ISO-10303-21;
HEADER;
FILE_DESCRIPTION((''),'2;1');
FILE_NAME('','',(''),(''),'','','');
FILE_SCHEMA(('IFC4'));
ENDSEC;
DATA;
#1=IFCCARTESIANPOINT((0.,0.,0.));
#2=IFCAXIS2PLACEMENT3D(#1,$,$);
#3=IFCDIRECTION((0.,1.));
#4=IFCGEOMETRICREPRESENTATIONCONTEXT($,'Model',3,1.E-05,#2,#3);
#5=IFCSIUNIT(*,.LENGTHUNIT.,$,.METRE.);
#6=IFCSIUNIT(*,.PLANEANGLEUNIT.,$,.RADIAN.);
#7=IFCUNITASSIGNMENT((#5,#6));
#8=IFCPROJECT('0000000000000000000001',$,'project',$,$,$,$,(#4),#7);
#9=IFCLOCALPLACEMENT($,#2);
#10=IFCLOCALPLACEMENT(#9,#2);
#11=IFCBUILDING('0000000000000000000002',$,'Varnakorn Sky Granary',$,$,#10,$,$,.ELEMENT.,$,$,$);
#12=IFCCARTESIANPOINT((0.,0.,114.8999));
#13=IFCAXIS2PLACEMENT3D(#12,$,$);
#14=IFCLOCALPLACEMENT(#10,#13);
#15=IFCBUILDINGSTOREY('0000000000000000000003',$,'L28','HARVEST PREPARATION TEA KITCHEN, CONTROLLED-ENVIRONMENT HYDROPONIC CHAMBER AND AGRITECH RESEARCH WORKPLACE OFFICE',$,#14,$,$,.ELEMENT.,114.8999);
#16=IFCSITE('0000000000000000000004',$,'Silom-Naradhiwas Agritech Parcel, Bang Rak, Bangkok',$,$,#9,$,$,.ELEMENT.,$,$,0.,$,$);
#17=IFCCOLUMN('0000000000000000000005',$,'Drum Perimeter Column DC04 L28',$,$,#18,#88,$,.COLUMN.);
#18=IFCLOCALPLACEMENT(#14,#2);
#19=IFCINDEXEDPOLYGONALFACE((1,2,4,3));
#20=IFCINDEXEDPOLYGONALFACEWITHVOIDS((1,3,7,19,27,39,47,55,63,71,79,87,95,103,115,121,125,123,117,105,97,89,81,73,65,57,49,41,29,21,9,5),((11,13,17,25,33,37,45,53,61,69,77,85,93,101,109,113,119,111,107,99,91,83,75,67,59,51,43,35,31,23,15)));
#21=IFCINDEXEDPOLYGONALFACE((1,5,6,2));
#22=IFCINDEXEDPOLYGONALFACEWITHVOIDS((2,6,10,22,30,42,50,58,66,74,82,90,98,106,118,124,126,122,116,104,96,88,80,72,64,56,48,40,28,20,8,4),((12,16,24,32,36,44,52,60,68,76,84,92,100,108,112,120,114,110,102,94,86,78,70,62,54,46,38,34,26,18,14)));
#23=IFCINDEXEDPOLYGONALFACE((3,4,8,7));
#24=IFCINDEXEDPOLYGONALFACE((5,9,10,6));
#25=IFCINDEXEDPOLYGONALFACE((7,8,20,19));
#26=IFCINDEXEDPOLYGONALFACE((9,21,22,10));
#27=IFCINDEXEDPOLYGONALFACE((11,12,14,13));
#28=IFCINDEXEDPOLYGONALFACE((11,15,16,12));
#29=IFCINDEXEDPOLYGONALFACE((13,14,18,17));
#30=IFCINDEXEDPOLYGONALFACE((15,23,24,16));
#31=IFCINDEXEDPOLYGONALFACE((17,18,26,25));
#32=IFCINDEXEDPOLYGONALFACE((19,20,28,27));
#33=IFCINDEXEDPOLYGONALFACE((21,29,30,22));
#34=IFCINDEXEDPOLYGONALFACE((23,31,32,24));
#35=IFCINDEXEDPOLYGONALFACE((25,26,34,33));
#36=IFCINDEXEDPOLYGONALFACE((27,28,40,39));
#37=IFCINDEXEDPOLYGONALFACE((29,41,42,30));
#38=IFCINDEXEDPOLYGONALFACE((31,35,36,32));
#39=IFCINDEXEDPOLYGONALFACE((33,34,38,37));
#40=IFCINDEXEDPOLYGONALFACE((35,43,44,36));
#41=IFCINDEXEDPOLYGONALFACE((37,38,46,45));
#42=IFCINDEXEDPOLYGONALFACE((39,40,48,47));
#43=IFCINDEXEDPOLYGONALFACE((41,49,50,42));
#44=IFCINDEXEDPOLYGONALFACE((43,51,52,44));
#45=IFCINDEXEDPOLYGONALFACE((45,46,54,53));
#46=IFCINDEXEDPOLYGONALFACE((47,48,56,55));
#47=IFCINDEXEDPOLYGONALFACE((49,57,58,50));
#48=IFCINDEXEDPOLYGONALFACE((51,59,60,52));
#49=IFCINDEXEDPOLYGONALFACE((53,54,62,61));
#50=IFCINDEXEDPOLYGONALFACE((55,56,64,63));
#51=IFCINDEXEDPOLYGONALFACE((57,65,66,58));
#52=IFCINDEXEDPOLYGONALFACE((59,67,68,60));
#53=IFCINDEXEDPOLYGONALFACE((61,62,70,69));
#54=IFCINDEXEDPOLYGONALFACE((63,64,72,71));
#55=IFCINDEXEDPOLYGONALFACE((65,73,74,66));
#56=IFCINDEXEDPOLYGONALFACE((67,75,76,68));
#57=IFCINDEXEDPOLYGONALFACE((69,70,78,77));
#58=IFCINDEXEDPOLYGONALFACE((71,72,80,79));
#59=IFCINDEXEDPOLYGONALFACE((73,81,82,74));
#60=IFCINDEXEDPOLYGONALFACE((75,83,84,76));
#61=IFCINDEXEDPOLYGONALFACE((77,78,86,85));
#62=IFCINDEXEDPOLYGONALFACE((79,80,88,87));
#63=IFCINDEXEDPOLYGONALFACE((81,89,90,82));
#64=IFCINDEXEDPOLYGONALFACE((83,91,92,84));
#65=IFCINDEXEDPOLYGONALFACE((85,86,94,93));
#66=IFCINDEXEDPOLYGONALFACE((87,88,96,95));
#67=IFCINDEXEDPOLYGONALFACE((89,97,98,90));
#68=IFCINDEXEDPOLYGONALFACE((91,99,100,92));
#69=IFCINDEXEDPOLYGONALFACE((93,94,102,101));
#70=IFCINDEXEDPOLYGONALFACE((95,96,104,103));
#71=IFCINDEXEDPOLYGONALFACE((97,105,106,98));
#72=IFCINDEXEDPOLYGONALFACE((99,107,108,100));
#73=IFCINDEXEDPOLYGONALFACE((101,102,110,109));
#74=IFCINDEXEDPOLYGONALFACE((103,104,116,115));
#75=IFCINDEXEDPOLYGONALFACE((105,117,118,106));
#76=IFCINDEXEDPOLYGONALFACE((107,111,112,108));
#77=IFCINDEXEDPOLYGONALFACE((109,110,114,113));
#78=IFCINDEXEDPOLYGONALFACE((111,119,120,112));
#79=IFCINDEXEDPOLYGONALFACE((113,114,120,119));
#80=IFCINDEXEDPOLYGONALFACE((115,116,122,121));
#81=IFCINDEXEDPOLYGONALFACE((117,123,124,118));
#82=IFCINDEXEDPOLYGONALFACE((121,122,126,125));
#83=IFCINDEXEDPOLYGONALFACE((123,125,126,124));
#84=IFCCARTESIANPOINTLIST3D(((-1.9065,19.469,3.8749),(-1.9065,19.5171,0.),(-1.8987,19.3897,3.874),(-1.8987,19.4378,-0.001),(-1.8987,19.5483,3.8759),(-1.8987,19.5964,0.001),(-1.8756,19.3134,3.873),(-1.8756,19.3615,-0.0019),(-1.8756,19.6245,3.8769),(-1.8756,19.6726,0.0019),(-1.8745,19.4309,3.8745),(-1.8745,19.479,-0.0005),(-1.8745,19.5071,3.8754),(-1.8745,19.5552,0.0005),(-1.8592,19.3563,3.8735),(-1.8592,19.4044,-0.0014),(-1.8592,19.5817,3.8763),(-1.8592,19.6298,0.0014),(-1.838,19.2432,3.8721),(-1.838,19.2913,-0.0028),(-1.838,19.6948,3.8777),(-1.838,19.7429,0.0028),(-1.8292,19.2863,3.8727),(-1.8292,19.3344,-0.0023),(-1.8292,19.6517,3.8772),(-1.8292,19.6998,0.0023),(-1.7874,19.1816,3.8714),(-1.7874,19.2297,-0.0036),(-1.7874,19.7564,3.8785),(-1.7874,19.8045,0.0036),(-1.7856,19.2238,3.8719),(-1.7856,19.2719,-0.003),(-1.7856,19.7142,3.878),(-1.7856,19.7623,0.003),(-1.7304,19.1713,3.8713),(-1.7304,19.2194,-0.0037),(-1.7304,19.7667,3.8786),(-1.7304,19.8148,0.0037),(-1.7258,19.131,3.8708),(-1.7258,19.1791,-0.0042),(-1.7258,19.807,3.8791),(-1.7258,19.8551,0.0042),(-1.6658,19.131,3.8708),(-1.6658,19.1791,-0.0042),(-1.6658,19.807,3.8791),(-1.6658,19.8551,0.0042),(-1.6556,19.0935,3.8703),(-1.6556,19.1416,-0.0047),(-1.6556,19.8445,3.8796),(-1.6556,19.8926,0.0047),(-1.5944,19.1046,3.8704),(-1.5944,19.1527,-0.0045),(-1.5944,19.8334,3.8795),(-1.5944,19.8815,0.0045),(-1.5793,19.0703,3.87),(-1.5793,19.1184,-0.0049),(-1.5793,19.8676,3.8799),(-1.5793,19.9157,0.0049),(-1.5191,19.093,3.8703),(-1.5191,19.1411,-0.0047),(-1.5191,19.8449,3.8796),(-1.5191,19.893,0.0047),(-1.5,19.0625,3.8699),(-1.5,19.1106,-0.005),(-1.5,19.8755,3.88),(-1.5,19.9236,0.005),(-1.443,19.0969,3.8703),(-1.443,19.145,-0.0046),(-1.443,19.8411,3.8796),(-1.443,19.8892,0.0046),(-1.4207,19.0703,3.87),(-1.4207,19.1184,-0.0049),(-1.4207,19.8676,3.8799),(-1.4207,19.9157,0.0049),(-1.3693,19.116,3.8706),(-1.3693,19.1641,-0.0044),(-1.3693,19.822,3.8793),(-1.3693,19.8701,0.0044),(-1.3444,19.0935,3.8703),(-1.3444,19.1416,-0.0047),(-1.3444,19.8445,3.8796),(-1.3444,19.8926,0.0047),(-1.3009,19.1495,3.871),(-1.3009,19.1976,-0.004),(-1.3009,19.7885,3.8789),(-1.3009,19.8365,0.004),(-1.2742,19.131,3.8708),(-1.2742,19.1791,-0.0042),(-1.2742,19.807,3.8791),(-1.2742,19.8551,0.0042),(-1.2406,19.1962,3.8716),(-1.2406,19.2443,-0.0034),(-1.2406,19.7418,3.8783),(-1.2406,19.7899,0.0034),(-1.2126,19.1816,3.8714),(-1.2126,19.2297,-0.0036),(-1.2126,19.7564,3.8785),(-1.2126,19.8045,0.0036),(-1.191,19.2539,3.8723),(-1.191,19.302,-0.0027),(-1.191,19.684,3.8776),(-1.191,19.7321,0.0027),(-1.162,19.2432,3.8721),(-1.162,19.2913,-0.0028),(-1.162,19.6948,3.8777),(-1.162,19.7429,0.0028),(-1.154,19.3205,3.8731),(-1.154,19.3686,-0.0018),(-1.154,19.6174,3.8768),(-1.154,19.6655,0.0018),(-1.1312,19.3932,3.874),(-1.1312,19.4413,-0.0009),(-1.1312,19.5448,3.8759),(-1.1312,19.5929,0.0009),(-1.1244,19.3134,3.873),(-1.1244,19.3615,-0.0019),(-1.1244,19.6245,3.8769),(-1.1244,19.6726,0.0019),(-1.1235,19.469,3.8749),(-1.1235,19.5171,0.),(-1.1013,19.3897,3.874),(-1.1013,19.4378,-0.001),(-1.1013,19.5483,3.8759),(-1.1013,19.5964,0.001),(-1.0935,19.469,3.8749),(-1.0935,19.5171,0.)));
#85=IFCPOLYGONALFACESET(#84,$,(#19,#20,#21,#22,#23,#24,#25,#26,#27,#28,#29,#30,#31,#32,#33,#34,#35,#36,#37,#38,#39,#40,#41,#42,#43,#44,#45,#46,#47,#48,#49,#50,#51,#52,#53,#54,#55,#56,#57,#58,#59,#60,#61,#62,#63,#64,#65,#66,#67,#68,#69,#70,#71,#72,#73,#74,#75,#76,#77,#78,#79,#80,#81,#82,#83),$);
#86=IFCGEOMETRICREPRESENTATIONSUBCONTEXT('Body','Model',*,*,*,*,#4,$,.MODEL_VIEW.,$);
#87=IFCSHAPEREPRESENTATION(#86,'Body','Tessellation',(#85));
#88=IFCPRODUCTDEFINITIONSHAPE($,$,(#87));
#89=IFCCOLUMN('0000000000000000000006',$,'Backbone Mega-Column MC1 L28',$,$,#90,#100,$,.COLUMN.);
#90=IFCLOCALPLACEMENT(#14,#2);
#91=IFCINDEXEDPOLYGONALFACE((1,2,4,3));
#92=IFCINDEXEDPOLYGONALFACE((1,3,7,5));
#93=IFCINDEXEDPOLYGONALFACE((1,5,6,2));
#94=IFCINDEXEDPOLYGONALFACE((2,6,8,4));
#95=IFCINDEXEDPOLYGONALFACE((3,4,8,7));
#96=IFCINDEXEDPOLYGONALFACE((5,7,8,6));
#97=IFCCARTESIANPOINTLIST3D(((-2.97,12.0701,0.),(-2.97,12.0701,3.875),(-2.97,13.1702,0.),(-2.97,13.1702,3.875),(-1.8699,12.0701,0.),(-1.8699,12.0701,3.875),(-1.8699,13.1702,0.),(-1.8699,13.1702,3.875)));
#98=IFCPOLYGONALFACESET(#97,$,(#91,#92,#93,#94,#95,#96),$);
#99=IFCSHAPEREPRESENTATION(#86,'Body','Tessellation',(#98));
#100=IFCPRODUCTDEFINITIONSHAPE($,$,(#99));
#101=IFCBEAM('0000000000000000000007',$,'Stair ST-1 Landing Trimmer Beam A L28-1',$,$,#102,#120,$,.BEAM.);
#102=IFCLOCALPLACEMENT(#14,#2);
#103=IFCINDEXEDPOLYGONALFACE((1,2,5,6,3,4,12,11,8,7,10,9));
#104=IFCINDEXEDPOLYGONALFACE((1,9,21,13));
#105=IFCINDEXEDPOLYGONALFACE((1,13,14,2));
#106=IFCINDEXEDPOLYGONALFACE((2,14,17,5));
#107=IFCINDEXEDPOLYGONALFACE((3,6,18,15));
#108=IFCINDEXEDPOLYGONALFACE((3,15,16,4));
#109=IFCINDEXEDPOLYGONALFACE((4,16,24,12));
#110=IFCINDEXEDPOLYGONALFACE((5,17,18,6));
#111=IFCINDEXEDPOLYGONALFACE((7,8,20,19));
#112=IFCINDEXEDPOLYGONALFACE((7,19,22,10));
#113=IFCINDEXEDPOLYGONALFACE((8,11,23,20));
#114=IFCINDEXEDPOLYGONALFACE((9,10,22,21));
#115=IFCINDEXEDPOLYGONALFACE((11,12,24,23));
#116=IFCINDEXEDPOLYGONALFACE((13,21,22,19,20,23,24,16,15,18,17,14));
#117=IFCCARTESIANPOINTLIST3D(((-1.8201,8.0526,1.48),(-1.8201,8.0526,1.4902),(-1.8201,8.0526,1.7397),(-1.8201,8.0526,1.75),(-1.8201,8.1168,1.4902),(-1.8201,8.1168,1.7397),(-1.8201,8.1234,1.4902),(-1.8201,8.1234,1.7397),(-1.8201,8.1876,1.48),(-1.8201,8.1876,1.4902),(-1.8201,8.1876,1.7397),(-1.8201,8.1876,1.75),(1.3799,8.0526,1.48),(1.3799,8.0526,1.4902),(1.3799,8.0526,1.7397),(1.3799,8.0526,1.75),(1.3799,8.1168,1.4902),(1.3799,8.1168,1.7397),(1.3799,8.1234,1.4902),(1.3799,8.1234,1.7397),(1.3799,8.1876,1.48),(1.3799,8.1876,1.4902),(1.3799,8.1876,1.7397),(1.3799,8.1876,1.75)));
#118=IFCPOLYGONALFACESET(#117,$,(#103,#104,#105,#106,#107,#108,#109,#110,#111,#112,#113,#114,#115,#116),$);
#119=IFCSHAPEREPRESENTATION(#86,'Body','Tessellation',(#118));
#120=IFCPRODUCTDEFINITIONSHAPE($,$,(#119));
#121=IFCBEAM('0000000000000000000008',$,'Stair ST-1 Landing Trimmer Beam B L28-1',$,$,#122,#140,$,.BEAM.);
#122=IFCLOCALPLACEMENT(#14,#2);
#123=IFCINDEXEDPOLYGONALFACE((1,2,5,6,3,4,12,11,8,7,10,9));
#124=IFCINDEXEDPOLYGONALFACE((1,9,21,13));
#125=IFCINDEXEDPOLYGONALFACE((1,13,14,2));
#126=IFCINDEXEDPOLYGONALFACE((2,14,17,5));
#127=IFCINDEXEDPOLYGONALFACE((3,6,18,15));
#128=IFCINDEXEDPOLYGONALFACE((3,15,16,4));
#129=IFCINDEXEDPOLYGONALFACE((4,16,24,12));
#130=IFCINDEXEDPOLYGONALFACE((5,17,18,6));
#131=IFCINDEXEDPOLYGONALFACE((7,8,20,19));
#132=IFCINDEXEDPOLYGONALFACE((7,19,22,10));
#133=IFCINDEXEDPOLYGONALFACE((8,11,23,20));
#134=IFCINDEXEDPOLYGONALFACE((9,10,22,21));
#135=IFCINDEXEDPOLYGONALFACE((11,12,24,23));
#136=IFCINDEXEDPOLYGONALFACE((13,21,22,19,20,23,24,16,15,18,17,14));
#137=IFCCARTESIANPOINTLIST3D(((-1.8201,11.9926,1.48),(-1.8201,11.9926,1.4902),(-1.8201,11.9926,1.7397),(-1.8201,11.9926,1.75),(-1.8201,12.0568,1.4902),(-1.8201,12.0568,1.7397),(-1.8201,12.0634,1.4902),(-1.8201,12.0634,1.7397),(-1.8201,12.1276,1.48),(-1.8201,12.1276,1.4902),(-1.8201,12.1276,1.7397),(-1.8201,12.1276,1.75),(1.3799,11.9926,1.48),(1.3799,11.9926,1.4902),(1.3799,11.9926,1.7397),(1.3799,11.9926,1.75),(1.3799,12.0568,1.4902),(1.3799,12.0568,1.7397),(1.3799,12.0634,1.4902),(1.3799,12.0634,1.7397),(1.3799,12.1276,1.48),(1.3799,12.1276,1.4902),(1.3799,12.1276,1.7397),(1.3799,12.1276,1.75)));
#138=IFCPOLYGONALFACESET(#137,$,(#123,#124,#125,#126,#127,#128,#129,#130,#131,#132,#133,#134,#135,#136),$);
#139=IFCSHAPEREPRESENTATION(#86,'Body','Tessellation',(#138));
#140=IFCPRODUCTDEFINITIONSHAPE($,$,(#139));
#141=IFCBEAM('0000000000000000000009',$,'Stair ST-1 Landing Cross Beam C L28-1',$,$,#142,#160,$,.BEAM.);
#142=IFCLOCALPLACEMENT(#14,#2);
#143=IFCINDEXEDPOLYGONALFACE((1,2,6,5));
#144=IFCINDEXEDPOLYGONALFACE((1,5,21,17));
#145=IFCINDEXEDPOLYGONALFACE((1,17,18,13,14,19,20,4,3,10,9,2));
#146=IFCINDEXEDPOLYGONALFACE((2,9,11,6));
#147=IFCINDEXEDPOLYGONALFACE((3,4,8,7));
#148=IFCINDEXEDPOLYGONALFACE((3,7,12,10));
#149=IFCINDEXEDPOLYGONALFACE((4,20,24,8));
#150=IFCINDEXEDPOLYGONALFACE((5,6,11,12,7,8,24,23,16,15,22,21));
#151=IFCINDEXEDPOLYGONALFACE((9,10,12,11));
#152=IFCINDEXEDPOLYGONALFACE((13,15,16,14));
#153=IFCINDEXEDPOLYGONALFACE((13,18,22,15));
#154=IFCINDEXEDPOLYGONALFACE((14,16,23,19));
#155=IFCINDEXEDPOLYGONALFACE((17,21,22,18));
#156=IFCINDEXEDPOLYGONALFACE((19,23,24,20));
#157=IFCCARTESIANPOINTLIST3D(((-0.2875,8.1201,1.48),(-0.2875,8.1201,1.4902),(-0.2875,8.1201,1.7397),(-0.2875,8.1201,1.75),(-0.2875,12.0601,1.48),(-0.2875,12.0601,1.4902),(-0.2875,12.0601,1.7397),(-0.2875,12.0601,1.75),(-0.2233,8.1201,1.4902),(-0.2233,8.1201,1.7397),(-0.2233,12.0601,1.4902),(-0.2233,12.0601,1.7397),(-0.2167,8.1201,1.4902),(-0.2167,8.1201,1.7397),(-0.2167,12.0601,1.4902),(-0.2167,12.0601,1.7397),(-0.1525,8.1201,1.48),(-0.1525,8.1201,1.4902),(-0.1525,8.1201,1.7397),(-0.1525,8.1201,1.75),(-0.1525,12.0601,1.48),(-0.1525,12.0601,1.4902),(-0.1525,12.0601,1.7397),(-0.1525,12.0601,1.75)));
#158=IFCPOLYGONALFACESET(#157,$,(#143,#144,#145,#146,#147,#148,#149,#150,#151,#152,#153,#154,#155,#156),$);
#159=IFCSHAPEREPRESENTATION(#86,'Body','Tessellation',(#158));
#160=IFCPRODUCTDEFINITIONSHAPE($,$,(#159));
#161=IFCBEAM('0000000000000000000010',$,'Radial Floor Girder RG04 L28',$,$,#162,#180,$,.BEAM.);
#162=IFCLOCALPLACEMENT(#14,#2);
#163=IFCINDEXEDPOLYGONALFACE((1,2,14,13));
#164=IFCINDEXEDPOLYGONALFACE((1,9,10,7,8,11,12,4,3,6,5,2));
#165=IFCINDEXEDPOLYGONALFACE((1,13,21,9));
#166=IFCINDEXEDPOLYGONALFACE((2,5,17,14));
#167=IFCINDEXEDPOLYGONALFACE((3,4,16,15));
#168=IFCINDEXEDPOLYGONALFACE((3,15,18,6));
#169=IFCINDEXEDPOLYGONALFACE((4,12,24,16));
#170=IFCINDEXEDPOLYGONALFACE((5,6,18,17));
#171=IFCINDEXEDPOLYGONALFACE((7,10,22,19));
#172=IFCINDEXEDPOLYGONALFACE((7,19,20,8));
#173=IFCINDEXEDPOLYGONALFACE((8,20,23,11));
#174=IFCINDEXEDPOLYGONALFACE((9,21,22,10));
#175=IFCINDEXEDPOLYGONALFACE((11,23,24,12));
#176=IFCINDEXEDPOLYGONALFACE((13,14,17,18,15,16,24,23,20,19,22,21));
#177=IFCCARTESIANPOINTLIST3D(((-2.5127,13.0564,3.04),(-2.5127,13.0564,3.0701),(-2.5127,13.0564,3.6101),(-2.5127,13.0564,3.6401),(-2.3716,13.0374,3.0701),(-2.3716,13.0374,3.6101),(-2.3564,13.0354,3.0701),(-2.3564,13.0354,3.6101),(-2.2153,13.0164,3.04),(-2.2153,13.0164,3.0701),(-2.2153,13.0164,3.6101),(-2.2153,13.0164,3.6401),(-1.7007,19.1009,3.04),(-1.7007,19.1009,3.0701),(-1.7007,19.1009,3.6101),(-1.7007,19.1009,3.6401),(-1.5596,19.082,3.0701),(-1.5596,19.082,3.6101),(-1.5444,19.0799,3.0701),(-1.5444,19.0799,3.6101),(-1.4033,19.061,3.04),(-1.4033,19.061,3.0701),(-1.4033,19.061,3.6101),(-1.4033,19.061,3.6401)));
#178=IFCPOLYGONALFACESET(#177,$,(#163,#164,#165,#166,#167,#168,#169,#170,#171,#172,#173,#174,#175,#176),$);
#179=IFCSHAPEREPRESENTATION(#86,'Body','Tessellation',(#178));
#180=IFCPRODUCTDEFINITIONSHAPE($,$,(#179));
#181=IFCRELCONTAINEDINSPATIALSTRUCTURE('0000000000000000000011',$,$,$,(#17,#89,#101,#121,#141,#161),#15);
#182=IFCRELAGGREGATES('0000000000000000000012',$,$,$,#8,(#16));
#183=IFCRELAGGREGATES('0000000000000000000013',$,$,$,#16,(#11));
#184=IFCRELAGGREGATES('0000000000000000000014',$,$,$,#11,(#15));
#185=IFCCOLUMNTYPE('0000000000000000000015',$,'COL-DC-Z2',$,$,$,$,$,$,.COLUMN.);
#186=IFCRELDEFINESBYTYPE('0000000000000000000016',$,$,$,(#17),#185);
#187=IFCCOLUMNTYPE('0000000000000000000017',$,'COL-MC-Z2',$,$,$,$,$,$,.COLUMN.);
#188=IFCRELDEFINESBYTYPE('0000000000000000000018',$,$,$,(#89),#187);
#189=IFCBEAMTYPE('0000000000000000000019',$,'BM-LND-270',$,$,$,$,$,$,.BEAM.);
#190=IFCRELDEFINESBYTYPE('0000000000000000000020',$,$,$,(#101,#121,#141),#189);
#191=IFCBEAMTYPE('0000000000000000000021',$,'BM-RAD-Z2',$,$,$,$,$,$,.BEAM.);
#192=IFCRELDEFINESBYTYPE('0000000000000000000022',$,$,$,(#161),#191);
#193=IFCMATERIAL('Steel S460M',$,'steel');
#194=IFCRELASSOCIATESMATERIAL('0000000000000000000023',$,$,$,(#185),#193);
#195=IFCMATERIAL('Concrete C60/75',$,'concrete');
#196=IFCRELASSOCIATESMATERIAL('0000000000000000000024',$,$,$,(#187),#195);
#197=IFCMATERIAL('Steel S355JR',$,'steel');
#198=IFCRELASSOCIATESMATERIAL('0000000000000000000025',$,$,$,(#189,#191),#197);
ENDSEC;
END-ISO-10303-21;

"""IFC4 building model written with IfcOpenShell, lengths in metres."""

from ifc_helpers import new_model, si_unit, direction, frame, origin, origin_2d, place, context, subcontext, project, spatial, rectangle, hollow_circle, i_section, extrude, material, material_profile, profile_set, type_object, element, save


model = new_model("IFC4")

# Units and contexts
model_context = context("Model", 3, precision=1e-05, world=origin(), true_north=direction((0.0, 1.0)))
body_context = subcontext(model_context, "Body", "Model", "MODEL_VIEW")
ifc_project = project(units=[si_unit("LENGTHUNIT", "METRE"), si_unit("PLANEANGLEUNIT", "RADIAN")], contexts=[model_context])

# Site, building, storey
site_placement = place(None, origin())
site = spatial("IfcSite", under=ifc_project, at=site_placement, Name="Silom-Naradhiwas Agritech Parcel, Bang Rak, Bangkok", CompositionType="ELEMENT", RefElevation=0.0)
building_placement = place(site_placement, origin())
building = spatial("IfcBuilding", under=site, at=building_placement, Name="Varnakorn Sky Granary", CompositionType="ELEMENT")
storey_placement = place(building_placement, frame((0.0, 0.0, 114.8999)))
storey = spatial("IfcBuildingStorey", under=building, at=storey_placement, Name="L28", Description="HARVEST PREPARATION TEA KITCHEN, CONTROLLED-ENVIRONMENT HYDROPONIC CHAMBER AND AGRITECH RESEARCH WORKPLACE OFFICE", CompositionType="ELEMENT", Elevation=114.8999)

# Columns
ifc_material_1 = material(Name="Steel S460M", Category="steel")
ifc_material_profile_1 = material_profile(ifc_material_1, hollow_circle(Radius=0.4065, WallThickness=0.03, at=origin_2d()), Name="CHS 813x30")
ifc_profile_set_1 = profile_set([ifc_material_profile_1], Name="Steel S460M")
column_type_1 = type_object("IfcColumnType", Name="COL-DC-Z2", PredefinedType="COLUMN", material=ifc_profile_set_1)
column_1_placement = place(storey_placement, frame((-1.5, 19.5171, 0.0), z_axis=(0.0, -0.012411, 0.999923), x_axis=(1.0, 0.0, 0.0)))
element("IfcColumn", 1, at=column_1_placement, inside=storey, type_object=column_type_1, Name="Drum Perimeter Column DC04 L28", PredefinedType="COLUMN", context=body_context, shape_type="SweptSolid", body=[
    extrude(hollow_circle(Radius=0.4065, WallThickness=0.03, at=origin_2d()), origin(), (0.0, 0.0, 1.0), 3.8752),
])
ifc_material_2 = material(Name="Concrete C60/75", Category="concrete")
ifc_material_profile_2 = material_profile(ifc_material_2, rectangle(XDim=1.1001, YDim=1.1001, at=origin_2d()), Name="RC 1100x1100")
ifc_profile_set_2 = profile_set([ifc_material_profile_2], Name="Concrete C60/75")
column_type_2 = type_object("IfcColumnType", Name="COL-MC-Z2", PredefinedType="COLUMN", material=ifc_profile_set_2)
column_2_placement = place(storey_placement, frame((-2.4199, 12.6201, 0.0), z_axis=(0.0, 0.0, 1.0), x_axis=(1.0, 0.0, 0.0)))
element("IfcColumn", 2, at=column_2_placement, inside=storey, type_object=column_type_2, Name="Backbone Mega-Column MC1 L28", PredefinedType="COLUMN", context=body_context, shape_type="SweptSolid", body=[
    extrude(rectangle(XDim=1.1001, YDim=1.1001, at=origin_2d()), origin(), (0.0, 0.0, 1.0), 3.875),
])

# Beams
ifc_material_3 = material(Name="Steel S355JR", Category="steel")
ifc_material_profile_3 = material_profile(ifc_material_3, i_section(OverallWidth=0.135, OverallDepth=0.27, WebThickness=0.0066, FlangeThickness=0.0103, at=origin_2d()), Name="IPE 270")
ifc_profile_set_3 = profile_set([ifc_material_profile_3], Name="Steel S355JR")
beam_type_1 = type_object("IfcBeamType", Name="BM-LND-270", PredefinedType="BEAM", material=ifc_profile_set_3)
for number, where, z_axis, x_axis, name in (
    (3, (-1.8201, 8.1201, 1.615), (1.0, 0.0, 0.0), (0.0, 1.0, 0.0), "Stair ST-1 Landing Trimmer Beam A L28-1"),
    (4, (-1.8201, 12.0601, 1.615), (1.0, 0.0, 0.0), (0.0, 1.0, 0.0), "Stair ST-1 Landing Trimmer Beam B L28-1"),
):
    element("IfcBeam", number, at=place(storey_placement, frame(where, z_axis=z_axis, x_axis=x_axis)), inside=storey, type_object=beam_type_1, Name=name, PredefinedType="BEAM", context=body_context, shape_type="SweptSolid", body=[
        extrude(i_section(OverallWidth=0.135, OverallDepth=0.27, WebThickness=0.0066, FlangeThickness=0.0103, at=origin_2d()), origin(), (0.0, 0.0, 1.0), 3.2),
    ])
beam_1_placement = place(storey_placement, frame((-0.22, 8.1201, 1.615), z_axis=(0.0, 1.0, 0.0), x_axis=(-1.0, 0.0, 0.0)))
element("IfcBeam", 5, at=beam_1_placement, inside=storey, type_object=beam_type_1, Name="Stair ST-1 Landing Cross Beam C L28-1", PredefinedType="BEAM", context=body_context, shape_type="SweptSolid", body=[
    extrude(i_section(OverallWidth=0.135, OverallDepth=0.27, WebThickness=0.0066, FlangeThickness=0.0103, at=origin_2d()), origin(), (0.0, 0.0, 1.0), 3.9399),
])
ifc_material_profile_4 = material_profile(ifc_material_3, i_section(OverallWidth=0.3, OverallDepth=0.6001, WebThickness=0.0154, FlangeThickness=0.03, at=origin_2d()), Name="HE 600 B")
ifc_profile_set_4 = profile_set([ifc_material_profile_4], Name="Steel S355JR")
beam_type_2 = type_object("IfcBeamType", Name="BM-RAD-Z2", PredefinedType="BEAM", material=ifc_profile_set_4)
beam_2_placement = place(storey_placement, frame((-2.364, 13.0364, 3.3401), z_axis=(0.133139, 0.991097, 0.0), x_axis=(-0.991097, 0.133139, 0.0)))
element("IfcBeam", 6, at=beam_2_placement, inside=storey, type_object=beam_type_2, Name="Radial Floor Girder RG04 L28", PredefinedType="BEAM", context=body_context, shape_type="SweptSolid", body=[
    extrude(i_section(OverallWidth=0.3, OverallDepth=0.6001, WebThickness=0.0154, FlangeThickness=0.03, at=origin_2d()), origin(), (0.0, 0.0, 1.0), 6.0989),
])

save(model, "model.ifc")
